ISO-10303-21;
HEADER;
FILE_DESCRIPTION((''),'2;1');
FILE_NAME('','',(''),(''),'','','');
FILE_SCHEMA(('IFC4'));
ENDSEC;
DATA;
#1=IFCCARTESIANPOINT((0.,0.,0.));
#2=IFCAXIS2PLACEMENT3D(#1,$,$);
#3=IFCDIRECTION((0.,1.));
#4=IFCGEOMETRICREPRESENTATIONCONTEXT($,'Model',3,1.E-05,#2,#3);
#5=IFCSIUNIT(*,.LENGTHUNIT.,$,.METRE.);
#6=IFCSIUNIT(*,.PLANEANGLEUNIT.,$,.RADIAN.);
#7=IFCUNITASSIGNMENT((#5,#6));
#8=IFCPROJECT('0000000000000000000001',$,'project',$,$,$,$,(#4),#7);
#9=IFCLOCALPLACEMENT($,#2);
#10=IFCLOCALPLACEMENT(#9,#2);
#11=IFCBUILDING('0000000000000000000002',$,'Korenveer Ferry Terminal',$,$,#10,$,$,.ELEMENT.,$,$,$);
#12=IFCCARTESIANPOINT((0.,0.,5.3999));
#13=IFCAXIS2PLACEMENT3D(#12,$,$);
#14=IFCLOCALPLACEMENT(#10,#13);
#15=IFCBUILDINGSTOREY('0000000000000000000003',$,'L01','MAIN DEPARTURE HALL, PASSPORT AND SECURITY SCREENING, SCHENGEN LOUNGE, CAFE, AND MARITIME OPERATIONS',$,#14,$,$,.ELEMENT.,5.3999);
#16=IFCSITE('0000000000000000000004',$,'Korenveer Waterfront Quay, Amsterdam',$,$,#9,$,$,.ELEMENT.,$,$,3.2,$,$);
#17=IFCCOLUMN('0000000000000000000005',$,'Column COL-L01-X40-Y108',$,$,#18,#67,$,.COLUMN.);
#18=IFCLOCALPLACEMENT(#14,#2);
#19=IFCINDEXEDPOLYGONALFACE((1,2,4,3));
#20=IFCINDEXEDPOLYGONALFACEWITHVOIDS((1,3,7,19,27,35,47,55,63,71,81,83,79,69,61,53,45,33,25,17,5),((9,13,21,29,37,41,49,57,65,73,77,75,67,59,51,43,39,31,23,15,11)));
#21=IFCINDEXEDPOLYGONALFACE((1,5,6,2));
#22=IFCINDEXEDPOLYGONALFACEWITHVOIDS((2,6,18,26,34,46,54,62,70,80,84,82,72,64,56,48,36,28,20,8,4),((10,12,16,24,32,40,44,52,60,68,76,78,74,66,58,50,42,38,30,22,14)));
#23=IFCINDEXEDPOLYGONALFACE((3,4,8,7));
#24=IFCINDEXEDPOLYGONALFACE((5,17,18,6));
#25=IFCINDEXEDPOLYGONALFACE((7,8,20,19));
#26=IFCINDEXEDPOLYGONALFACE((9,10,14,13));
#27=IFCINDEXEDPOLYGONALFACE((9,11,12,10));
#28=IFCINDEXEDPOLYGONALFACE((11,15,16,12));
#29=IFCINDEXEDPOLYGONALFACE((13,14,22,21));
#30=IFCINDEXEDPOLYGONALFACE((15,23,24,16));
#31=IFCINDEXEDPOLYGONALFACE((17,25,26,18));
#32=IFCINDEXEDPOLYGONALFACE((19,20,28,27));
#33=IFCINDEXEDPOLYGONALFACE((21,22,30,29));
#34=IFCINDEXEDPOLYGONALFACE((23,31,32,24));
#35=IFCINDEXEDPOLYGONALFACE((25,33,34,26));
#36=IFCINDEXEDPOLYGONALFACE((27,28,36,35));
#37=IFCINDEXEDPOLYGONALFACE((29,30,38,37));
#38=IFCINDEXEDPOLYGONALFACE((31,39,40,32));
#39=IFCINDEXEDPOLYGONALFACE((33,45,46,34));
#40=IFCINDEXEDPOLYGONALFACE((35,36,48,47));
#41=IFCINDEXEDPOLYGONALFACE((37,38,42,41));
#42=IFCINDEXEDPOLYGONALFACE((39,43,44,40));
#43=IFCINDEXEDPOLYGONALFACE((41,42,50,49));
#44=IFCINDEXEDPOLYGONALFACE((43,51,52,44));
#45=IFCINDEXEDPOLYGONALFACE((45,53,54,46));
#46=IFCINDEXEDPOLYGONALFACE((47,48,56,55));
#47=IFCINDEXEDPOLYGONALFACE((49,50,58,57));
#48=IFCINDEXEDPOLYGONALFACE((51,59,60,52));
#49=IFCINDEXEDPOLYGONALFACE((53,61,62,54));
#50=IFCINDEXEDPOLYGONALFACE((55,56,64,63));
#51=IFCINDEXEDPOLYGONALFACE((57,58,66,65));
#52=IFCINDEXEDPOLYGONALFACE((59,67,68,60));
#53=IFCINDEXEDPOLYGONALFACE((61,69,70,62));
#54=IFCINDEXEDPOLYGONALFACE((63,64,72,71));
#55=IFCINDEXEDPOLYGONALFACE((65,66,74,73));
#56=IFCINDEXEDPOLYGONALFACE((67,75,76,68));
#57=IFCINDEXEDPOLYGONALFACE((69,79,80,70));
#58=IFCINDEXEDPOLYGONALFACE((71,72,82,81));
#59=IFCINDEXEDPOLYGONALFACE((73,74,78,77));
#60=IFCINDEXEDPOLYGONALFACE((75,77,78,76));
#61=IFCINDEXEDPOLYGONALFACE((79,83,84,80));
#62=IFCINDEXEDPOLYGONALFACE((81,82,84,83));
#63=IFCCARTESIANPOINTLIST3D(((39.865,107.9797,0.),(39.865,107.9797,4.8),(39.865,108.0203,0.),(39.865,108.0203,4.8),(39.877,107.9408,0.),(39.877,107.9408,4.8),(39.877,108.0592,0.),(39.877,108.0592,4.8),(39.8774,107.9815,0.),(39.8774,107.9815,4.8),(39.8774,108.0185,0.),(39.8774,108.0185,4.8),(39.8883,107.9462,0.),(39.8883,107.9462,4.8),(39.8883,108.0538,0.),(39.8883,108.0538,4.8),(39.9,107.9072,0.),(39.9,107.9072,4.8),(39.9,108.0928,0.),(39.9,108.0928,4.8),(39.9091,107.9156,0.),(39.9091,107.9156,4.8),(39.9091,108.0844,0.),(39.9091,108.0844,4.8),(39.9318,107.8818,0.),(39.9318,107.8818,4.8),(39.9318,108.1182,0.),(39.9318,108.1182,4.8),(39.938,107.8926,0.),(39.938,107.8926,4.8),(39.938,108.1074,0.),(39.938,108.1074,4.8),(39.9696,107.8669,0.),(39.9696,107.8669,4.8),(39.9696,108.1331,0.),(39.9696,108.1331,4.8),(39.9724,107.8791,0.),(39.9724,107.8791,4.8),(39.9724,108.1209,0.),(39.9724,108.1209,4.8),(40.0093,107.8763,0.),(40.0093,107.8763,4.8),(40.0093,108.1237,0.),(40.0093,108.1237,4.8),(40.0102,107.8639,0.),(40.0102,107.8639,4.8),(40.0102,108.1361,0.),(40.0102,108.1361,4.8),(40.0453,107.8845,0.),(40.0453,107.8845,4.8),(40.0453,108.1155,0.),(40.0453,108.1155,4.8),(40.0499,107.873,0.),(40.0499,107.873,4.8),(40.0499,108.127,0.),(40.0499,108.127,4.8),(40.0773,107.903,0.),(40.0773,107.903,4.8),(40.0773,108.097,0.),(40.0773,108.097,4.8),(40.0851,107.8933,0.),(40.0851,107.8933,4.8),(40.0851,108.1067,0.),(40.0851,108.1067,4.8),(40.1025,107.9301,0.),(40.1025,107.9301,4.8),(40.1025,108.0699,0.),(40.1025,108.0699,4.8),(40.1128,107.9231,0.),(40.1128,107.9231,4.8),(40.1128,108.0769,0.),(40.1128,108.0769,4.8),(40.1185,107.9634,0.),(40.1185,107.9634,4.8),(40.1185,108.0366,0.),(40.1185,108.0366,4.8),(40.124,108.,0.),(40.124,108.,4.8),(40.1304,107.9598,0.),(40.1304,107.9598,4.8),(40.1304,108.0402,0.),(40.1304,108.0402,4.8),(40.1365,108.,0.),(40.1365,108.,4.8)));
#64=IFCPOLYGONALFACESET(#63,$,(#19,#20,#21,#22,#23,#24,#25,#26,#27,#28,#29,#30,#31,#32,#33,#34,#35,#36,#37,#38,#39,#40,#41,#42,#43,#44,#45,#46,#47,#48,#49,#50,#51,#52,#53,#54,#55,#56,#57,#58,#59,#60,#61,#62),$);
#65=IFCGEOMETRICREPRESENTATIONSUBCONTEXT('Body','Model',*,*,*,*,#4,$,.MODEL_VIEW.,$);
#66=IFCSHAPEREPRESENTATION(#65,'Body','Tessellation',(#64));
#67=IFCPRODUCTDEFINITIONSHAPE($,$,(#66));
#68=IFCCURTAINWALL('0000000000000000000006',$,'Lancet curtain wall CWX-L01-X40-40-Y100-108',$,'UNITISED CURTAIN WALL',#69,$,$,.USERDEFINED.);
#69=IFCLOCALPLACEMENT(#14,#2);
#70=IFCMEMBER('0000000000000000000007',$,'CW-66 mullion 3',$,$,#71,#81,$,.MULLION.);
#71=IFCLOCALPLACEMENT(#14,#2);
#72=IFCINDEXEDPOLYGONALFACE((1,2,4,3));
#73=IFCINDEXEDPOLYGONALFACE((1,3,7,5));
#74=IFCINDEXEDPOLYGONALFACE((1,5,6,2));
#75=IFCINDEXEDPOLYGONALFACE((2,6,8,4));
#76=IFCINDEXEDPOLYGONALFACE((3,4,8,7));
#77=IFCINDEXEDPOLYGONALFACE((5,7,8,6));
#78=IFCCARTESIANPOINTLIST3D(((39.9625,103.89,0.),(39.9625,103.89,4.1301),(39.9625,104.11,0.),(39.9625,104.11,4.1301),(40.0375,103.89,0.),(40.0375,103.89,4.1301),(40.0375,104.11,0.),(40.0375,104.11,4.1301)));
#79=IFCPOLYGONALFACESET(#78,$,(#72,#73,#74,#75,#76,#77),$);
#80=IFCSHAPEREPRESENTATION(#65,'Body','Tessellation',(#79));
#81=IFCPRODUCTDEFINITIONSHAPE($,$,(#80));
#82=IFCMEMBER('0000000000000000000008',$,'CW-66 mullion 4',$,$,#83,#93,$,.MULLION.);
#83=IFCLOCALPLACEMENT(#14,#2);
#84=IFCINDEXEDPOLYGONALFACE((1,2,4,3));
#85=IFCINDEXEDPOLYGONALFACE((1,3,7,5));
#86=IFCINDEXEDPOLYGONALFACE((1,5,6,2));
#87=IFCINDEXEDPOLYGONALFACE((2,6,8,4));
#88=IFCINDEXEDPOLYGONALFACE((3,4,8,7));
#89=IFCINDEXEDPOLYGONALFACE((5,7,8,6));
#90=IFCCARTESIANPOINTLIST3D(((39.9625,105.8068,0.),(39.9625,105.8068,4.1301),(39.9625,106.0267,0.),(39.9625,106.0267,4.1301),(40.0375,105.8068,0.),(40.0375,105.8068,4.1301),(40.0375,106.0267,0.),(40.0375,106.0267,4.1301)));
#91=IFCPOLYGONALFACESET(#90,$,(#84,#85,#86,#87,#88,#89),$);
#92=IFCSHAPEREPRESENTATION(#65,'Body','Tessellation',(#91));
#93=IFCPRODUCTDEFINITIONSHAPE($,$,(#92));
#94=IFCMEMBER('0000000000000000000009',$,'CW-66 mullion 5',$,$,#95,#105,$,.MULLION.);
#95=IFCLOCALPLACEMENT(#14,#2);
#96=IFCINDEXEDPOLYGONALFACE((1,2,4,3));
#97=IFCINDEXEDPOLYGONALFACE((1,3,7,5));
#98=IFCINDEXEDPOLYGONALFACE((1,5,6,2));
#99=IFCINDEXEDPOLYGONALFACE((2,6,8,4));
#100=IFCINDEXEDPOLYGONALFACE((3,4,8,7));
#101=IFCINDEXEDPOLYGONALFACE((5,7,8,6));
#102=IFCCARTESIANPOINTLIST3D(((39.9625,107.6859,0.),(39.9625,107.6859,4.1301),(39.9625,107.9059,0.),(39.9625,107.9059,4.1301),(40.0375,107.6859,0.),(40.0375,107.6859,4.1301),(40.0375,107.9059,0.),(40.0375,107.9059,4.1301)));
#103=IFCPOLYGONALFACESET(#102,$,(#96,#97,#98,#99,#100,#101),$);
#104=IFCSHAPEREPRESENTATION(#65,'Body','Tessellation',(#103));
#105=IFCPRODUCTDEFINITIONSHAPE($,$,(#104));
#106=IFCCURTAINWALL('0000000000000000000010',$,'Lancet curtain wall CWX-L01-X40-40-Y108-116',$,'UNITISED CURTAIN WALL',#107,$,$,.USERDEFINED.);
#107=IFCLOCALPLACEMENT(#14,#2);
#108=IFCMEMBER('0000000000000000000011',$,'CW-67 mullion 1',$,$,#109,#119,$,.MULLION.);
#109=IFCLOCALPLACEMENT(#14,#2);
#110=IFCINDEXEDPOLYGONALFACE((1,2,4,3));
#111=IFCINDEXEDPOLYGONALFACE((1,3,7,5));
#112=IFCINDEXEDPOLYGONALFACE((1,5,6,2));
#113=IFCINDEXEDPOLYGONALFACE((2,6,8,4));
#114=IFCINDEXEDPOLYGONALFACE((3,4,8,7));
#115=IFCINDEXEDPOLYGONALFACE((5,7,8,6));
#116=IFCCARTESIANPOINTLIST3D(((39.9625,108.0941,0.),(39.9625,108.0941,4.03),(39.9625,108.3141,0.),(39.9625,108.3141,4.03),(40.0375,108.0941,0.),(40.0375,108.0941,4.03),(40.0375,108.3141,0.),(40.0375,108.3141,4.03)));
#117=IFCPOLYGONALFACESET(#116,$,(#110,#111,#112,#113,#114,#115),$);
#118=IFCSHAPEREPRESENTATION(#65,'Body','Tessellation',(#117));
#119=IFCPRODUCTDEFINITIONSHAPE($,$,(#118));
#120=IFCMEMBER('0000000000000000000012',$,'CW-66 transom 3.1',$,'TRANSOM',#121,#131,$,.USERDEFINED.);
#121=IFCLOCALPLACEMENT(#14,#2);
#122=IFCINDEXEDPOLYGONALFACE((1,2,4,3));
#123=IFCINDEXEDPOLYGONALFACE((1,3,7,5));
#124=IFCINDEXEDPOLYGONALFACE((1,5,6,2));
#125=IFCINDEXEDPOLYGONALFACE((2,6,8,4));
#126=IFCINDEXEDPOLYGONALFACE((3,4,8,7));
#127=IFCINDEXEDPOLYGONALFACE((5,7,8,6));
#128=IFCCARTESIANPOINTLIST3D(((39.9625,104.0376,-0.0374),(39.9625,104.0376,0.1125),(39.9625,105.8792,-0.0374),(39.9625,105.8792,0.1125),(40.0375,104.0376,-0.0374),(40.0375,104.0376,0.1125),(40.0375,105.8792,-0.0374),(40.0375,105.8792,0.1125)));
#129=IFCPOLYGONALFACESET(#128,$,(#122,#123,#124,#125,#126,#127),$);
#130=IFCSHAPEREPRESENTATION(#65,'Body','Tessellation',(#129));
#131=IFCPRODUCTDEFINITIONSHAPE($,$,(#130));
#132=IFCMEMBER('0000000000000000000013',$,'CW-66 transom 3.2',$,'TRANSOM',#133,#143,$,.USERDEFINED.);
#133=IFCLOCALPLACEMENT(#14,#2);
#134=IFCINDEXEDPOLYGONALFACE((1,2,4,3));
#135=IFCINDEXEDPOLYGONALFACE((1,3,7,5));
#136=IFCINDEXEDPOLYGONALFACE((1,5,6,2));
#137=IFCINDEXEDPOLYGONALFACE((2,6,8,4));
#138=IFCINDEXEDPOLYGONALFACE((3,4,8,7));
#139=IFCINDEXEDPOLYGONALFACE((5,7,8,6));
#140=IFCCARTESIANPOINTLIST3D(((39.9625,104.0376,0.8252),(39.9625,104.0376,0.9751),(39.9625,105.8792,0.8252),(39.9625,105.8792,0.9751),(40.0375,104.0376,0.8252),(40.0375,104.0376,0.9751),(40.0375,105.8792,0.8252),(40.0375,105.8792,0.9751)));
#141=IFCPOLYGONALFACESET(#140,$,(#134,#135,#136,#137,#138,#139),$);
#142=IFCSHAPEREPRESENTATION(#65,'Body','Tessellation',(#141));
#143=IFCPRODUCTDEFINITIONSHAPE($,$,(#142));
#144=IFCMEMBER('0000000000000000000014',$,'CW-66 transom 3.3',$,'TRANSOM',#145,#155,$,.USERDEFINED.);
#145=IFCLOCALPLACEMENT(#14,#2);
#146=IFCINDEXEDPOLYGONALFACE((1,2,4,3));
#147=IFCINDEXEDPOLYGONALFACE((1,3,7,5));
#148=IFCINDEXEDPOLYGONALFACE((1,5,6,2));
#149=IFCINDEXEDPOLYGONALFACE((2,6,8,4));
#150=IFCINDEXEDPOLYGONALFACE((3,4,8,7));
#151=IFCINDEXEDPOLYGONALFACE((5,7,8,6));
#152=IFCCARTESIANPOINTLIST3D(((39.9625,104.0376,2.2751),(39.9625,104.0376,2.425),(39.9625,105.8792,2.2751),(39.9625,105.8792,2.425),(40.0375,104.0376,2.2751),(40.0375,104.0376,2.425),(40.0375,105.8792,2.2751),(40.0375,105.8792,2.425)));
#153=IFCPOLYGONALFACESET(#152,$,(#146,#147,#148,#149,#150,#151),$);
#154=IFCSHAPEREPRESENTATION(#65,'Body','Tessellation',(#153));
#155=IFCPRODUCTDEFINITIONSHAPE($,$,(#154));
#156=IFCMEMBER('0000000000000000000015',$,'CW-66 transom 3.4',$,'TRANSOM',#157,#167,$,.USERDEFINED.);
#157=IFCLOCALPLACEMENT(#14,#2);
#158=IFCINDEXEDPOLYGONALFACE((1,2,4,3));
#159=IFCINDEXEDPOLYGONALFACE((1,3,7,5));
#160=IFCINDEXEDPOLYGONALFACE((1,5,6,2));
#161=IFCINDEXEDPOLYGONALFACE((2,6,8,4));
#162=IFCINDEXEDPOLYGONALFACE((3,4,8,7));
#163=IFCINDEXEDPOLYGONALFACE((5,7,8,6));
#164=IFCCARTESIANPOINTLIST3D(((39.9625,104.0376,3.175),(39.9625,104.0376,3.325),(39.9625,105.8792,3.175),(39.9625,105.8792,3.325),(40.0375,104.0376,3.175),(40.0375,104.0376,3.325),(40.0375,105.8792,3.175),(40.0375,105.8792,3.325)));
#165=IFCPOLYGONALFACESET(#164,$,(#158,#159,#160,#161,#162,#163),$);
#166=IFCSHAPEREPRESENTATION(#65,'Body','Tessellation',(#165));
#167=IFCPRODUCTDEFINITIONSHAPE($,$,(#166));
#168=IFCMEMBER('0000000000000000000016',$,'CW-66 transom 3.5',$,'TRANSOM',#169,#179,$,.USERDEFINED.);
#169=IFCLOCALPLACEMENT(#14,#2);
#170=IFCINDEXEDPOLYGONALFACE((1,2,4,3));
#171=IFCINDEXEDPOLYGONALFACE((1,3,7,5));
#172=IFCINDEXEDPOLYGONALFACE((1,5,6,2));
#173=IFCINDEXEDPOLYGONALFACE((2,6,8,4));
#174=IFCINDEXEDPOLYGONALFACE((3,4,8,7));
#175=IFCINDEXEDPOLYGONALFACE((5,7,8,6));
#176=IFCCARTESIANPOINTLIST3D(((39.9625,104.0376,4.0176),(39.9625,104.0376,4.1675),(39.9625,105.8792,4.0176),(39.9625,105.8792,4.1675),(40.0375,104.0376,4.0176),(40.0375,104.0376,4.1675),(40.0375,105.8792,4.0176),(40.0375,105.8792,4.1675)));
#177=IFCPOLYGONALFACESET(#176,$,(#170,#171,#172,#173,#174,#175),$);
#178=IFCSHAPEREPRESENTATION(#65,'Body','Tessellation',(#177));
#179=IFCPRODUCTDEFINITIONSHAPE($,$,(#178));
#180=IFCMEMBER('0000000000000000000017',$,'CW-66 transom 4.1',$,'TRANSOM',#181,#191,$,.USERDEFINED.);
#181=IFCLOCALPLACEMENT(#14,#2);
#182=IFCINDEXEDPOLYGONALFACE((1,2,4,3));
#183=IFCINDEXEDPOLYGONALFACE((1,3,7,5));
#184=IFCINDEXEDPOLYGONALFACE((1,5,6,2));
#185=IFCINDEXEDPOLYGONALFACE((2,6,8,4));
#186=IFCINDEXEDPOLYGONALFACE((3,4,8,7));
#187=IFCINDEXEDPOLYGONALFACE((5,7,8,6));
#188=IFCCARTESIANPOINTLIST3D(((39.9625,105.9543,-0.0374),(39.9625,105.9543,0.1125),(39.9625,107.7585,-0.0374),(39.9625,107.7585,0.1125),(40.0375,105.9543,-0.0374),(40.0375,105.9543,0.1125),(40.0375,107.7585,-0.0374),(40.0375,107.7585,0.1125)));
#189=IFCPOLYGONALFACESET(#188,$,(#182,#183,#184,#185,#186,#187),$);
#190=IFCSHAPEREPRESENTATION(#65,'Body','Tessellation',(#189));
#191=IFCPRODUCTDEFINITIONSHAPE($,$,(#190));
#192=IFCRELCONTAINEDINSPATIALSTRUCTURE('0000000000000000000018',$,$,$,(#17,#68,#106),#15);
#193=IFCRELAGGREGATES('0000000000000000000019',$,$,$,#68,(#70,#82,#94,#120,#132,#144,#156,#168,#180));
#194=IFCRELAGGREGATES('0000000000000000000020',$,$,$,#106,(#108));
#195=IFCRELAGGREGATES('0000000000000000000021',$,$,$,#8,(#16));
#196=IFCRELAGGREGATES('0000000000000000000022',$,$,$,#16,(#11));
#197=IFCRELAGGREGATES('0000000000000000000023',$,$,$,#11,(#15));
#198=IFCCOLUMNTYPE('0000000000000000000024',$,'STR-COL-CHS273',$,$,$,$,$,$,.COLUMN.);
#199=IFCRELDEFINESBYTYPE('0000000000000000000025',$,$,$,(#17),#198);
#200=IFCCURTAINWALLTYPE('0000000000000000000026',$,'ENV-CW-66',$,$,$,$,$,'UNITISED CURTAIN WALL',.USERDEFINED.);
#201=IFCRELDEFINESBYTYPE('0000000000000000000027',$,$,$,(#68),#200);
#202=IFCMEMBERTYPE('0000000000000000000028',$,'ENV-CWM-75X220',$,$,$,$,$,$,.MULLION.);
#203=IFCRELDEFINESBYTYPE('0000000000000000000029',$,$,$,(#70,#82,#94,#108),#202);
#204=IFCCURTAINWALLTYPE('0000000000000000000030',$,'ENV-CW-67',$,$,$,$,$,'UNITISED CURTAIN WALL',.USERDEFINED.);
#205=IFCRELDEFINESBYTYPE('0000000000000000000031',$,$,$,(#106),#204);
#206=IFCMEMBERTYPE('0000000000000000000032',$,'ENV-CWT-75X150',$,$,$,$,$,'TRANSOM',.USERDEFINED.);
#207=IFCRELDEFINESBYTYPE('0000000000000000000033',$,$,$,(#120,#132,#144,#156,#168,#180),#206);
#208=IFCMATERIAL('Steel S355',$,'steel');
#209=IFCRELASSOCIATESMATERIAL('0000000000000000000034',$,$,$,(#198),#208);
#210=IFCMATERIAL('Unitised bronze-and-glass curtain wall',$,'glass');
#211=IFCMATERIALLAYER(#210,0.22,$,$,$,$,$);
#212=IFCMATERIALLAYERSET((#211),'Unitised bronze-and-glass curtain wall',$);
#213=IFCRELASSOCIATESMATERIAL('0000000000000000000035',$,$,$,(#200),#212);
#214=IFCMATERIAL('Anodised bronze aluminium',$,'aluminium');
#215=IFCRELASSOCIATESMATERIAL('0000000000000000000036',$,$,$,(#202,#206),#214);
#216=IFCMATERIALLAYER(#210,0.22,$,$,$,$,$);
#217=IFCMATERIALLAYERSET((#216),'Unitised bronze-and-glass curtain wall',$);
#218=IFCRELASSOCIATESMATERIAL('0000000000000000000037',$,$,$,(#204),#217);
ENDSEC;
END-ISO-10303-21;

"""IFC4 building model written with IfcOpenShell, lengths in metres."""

from ifc_helpers import new_model, si_unit, direction, frame, origin, origin_2d, place, context, subcontext, project, spatial, rectangle, hollow_circle, extrude, material, layer, layer_set, material_profile, profile_set, type_object, element, aggregate, save


model = new_model("IFC4")

# Units and contexts
model_context = context("Model", 3, precision=1e-05, world=origin(), true_north=direction((0.0, 1.0)))
body_context = subcontext(model_context, "Body", "Model", "MODEL_VIEW")
ifc_project = project(units=[si_unit("LENGTHUNIT", "METRE"), si_unit("PLANEANGLEUNIT", "RADIAN")], contexts=[model_context])

# Site, building, storey
site_placement = place(None, origin())
site = spatial("IfcSite", under=ifc_project, at=site_placement, Name="Korenveer Waterfront Quay, Amsterdam", CompositionType="ELEMENT", RefElevation=3.2)
building_placement = place(site_placement, origin())
building = spatial("IfcBuilding", under=site, at=building_placement, Name="Korenveer Ferry Terminal", CompositionType="ELEMENT")
storey_placement = place(building_placement, frame((0.0, 0.0, 5.3999)))
storey = spatial("IfcBuildingStorey", under=building, at=storey_placement, Name="L01", Description="MAIN DEPARTURE HALL, PASSPORT AND SECURITY SCREENING, SCHENGEN LOUNGE, CAFE, AND MARITIME OPERATIONS", CompositionType="ELEMENT", Elevation=5.3999)

# Column
ifc_material_1 = material(Name="Steel S355", Category="steel")
ifc_material_profile_1 = material_profile(ifc_material_1, hollow_circle(Radius=0.1365, WallThickness=0.0125, at=origin_2d()), Name="CHS 273x12.5")
ifc_profile_set_1 = profile_set([ifc_material_profile_1], Name="Steel S355")
column_type = type_object("IfcColumnType", Name="STR-COL-CHS273", PredefinedType="COLUMN", material=ifc_profile_set_1)
column_placement = place(storey_placement, frame((40.0, 108.0, 0.0), z_axis=(0.0, 0.0, 1.0), x_axis=(1.0, 0.0, 0.0)))
element("IfcColumn", 1, at=column_placement, inside=storey, type_object=column_type, Name="Column COL-L01-X40-Y108", PredefinedType="COLUMN", context=body_context, shape_type="SweptSolid", body=[
    extrude(hollow_circle(Radius=0.1365, WallThickness=0.0125, at=origin_2d()), origin(), (0.0, 0.0, 1.0), 4.8),
])

# Curtain wall, members
ifc_material_2 = material(Name="Unitised bronze-and-glass curtain wall", Category="glass")
ifc_layer_1 = layer(ifc_material_2, 0.22)
ifc_layer_set_1 = layer_set([ifc_layer_1], Name="Unitised bronze-and-glass curtain wall")
curtain_wall_type_1 = type_object("IfcCurtainWallType", Name="ENV-CW-66", ElementType="UNITISED CURTAIN WALL", PredefinedType="USERDEFINED", material=ifc_layer_set_1)
curtain_wall_1_placement = place(storey_placement, frame((40.0, 100.1665, 0.0)))
curtain_wall_1 = element("IfcCurtainWall", 2, at=curtain_wall_1_placement, inside=storey, type_object=curtain_wall_type_1, Name="Lancet curtain wall CWX-L01-X40-40-Y100-108", ObjectType="UNITISED CURTAIN WALL", PredefinedType="USERDEFINED")
ifc_material_3 = material(Name="Anodised bronze aluminium", Category="aluminium")
ifc_material_profile_2 = material_profile(ifc_material_3, rectangle(XDim=0.075, YDim=0.22, at=origin_2d()), Name="ALU 75x220")
ifc_profile_set_2 = profile_set([ifc_material_profile_2], Name="Anodised bronze aluminium")
member_type_1 = type_object("IfcMemberType", Name="ENV-CWM-75X220", PredefinedType="MULLION", material=ifc_profile_set_2)
member_1_placement = place(storey_placement, frame((40.0, 104.0, 0.0), z_axis=(0.0, 0.0, 1.0), x_axis=(-1.0, 0.0, 0.0)))
member_1 = element("IfcMember", 3, at=member_1_placement, type_object=member_type_1, Name="CW-66 mullion 3", PredefinedType="MULLION", context=body_context, shape_type="SweptSolid", body=[
    extrude(rectangle(XDim=0.075, YDim=0.22, at=origin_2d()), origin(), (0.0, 0.0, 1.0), 4.1301),
])
member_2_placement = place(storey_placement, frame((40.0, 105.9167, 0.0), z_axis=(0.0, 0.0, 1.0), x_axis=(-1.0, 0.0, 0.0)))
member_2 = element("IfcMember", 4, at=member_2_placement, type_object=member_type_1, Name="CW-66 mullion 4", PredefinedType="MULLION", context=body_context, shape_type="SweptSolid", body=[
    extrude(rectangle(XDim=0.075, YDim=0.22, at=origin_2d()), origin(), (0.0, 0.0, 1.0), 4.1301),
])
member_3_placement = place(storey_placement, frame((40.0, 107.7959, 0.0), z_axis=(0.0, 0.0, 1.0), x_axis=(-1.0, 0.0, 0.0)))
member_3 = element("IfcMember", 5, at=member_3_placement, type_object=member_type_1, Name="CW-66 mullion 5", PredefinedType="MULLION", context=body_context, shape_type="SweptSolid", body=[
    extrude(rectangle(XDim=0.075, YDim=0.22, at=origin_2d()), origin(), (0.0, 0.0, 1.0), 4.1301),
])

# Curtain wall, member
ifc_layer_2 = layer(ifc_material_2, 0.22)
ifc_layer_set_2 = layer_set([ifc_layer_2], Name="Unitised bronze-and-glass curtain wall")
curtain_wall_type_2 = type_object("IfcCurtainWallType", Name="ENV-CW-67", ElementType="UNITISED CURTAIN WALL", PredefinedType="USERDEFINED", material=ifc_layer_set_2)
curtain_wall_2_placement = place(storey_placement, frame((40.0, 108.1665, 0.0)))
curtain_wall_2 = element("IfcCurtainWall", 6, at=curtain_wall_2_placement, inside=storey, type_object=curtain_wall_type_2, Name="Lancet curtain wall CWX-L01-X40-40-Y108-116", ObjectType="UNITISED CURTAIN WALL", PredefinedType="USERDEFINED")
member_4_placement = place(storey_placement, frame((40.0, 108.2041, 0.0), z_axis=(0.0, 0.0, 1.0), x_axis=(-1.0, 0.0, 0.0)))
member_4 = element("IfcMember", 7, at=member_4_placement, type_object=member_type_1, Name="CW-67 mullion 1", PredefinedType="MULLION", context=body_context, shape_type="SweptSolid", body=[
    extrude(rectangle(XDim=0.075, YDim=0.22, at=origin_2d()), origin(), (0.0, 0.0, 1.0), 4.03),
])

# Members
ifc_material_profile_3 = material_profile(ifc_material_3, rectangle(XDim=0.075, YDim=0.1499, at=origin_2d()), Name="ALU 75x150")
ifc_profile_set_3 = profile_set([ifc_material_profile_3], Name="Anodised bronze aluminium")
member_type_2 = type_object("IfcMemberType", Name="ENV-CWT-75X150", ElementType="TRANSOM", PredefinedType="USERDEFINED", material=ifc_profile_set_3)
member_5_placement = place(storey_placement, frame((40.0, 104.0376, 0.0376), z_axis=(0.0, 1.0, 0.0), x_axis=(-1.0, 0.0, 0.0)))
member_5 = element("IfcMember", 8, at=member_5_placement, type_object=member_type_2, Name="CW-66 transom 3.1", ObjectType="TRANSOM", PredefinedType="USERDEFINED", context=body_context, shape_type="SweptSolid", body=[
    extrude(rectangle(XDim=0.075, YDim=0.1499, at=origin_2d()), origin(), (0.0, 0.0, 1.0), 1.8416),
])
member_6_placement = place(storey_placement, frame((40.0, 104.0376, 0.9001), z_axis=(0.0, 1.0, 0.0), x_axis=(-1.0, 0.0, 0.0)))
member_6 = element("IfcMember", 9, at=member_6_placement, type_object=member_type_2, Name="CW-66 transom 3.2", ObjectType="TRANSOM", PredefinedType="USERDEFINED", context=body_context, shape_type="SweptSolid", body=[
    extrude(rectangle(XDim=0.075, YDim=0.1499, at=origin_2d()), origin(), (0.0, 0.0, 1.0), 1.8416),
])
member_7_placement = place(storey_placement, frame((40.0, 104.0376, 2.3501), z_axis=(0.0, 1.0, 0.0), x_axis=(-1.0, 0.0, 0.0)))
member_7 = element("IfcMember", 10, at=member_7_placement, type_object=member_type_2, Name="CW-66 transom 3.3", ObjectType="TRANSOM", PredefinedType="USERDEFINED", context=body_context, shape_type="SweptSolid", body=[
    extrude(rectangle(XDim=0.075, YDim=0.1499, at=origin_2d()), origin(), (0.0, 0.0, 1.0), 1.8416),
])
member_8_placement = place(storey_placement, frame((40.0, 104.0376, 3.25), z_axis=(0.0, 1.0, 0.0), x_axis=(-1.0, 0.0, 0.0)))
member_8 = element("IfcMember", 11, at=member_8_placement, type_object=member_type_2, Name="CW-66 transom 3.4", ObjectType="TRANSOM", PredefinedType="USERDEFINED", context=body_context, shape_type="SweptSolid", body=[
    extrude(rectangle(XDim=0.075, YDim=0.1499, at=origin_2d()), origin(), (0.0, 0.0, 1.0), 1.8416),
])
member_9_placement = place(storey_placement, frame((40.0, 104.0376, 4.0925), z_axis=(0.0, 1.0, 0.0), x_axis=(-1.0, 0.0, 0.0)))
member_9 = element("IfcMember", 12, at=member_9_placement, type_object=member_type_2, Name="CW-66 transom 3.5", ObjectType="TRANSOM", PredefinedType="USERDEFINED", context=body_context, shape_type="SweptSolid", body=[
    extrude(rectangle(XDim=0.075, YDim=0.1499, at=origin_2d()), origin(), (0.0, 0.0, 1.0), 1.8416),
])
member_10_placement = place(storey_placement, frame((40.0, 105.9543, 0.0376), z_axis=(0.0, 1.0, 0.0), x_axis=(-1.0, 0.0, 0.0)))
member_10 = element("IfcMember", 13, at=member_10_placement, type_object=member_type_2, Name="CW-66 transom 4.1", ObjectType="TRANSOM", PredefinedType="USERDEFINED", context=body_context, shape_type="SweptSolid", body=[
    extrude(rectangle(XDim=0.075, YDim=0.1499, at=origin_2d()), origin(), (0.0, 0.0, 1.0), 1.8042),
])

aggregate(curtain_wall_1, [member_1, member_2, member_3, member_5, member_6, member_7, member_8, member_9, member_10])
aggregate(curtain_wall_2, [member_4])

save(model, "model.ifc")
